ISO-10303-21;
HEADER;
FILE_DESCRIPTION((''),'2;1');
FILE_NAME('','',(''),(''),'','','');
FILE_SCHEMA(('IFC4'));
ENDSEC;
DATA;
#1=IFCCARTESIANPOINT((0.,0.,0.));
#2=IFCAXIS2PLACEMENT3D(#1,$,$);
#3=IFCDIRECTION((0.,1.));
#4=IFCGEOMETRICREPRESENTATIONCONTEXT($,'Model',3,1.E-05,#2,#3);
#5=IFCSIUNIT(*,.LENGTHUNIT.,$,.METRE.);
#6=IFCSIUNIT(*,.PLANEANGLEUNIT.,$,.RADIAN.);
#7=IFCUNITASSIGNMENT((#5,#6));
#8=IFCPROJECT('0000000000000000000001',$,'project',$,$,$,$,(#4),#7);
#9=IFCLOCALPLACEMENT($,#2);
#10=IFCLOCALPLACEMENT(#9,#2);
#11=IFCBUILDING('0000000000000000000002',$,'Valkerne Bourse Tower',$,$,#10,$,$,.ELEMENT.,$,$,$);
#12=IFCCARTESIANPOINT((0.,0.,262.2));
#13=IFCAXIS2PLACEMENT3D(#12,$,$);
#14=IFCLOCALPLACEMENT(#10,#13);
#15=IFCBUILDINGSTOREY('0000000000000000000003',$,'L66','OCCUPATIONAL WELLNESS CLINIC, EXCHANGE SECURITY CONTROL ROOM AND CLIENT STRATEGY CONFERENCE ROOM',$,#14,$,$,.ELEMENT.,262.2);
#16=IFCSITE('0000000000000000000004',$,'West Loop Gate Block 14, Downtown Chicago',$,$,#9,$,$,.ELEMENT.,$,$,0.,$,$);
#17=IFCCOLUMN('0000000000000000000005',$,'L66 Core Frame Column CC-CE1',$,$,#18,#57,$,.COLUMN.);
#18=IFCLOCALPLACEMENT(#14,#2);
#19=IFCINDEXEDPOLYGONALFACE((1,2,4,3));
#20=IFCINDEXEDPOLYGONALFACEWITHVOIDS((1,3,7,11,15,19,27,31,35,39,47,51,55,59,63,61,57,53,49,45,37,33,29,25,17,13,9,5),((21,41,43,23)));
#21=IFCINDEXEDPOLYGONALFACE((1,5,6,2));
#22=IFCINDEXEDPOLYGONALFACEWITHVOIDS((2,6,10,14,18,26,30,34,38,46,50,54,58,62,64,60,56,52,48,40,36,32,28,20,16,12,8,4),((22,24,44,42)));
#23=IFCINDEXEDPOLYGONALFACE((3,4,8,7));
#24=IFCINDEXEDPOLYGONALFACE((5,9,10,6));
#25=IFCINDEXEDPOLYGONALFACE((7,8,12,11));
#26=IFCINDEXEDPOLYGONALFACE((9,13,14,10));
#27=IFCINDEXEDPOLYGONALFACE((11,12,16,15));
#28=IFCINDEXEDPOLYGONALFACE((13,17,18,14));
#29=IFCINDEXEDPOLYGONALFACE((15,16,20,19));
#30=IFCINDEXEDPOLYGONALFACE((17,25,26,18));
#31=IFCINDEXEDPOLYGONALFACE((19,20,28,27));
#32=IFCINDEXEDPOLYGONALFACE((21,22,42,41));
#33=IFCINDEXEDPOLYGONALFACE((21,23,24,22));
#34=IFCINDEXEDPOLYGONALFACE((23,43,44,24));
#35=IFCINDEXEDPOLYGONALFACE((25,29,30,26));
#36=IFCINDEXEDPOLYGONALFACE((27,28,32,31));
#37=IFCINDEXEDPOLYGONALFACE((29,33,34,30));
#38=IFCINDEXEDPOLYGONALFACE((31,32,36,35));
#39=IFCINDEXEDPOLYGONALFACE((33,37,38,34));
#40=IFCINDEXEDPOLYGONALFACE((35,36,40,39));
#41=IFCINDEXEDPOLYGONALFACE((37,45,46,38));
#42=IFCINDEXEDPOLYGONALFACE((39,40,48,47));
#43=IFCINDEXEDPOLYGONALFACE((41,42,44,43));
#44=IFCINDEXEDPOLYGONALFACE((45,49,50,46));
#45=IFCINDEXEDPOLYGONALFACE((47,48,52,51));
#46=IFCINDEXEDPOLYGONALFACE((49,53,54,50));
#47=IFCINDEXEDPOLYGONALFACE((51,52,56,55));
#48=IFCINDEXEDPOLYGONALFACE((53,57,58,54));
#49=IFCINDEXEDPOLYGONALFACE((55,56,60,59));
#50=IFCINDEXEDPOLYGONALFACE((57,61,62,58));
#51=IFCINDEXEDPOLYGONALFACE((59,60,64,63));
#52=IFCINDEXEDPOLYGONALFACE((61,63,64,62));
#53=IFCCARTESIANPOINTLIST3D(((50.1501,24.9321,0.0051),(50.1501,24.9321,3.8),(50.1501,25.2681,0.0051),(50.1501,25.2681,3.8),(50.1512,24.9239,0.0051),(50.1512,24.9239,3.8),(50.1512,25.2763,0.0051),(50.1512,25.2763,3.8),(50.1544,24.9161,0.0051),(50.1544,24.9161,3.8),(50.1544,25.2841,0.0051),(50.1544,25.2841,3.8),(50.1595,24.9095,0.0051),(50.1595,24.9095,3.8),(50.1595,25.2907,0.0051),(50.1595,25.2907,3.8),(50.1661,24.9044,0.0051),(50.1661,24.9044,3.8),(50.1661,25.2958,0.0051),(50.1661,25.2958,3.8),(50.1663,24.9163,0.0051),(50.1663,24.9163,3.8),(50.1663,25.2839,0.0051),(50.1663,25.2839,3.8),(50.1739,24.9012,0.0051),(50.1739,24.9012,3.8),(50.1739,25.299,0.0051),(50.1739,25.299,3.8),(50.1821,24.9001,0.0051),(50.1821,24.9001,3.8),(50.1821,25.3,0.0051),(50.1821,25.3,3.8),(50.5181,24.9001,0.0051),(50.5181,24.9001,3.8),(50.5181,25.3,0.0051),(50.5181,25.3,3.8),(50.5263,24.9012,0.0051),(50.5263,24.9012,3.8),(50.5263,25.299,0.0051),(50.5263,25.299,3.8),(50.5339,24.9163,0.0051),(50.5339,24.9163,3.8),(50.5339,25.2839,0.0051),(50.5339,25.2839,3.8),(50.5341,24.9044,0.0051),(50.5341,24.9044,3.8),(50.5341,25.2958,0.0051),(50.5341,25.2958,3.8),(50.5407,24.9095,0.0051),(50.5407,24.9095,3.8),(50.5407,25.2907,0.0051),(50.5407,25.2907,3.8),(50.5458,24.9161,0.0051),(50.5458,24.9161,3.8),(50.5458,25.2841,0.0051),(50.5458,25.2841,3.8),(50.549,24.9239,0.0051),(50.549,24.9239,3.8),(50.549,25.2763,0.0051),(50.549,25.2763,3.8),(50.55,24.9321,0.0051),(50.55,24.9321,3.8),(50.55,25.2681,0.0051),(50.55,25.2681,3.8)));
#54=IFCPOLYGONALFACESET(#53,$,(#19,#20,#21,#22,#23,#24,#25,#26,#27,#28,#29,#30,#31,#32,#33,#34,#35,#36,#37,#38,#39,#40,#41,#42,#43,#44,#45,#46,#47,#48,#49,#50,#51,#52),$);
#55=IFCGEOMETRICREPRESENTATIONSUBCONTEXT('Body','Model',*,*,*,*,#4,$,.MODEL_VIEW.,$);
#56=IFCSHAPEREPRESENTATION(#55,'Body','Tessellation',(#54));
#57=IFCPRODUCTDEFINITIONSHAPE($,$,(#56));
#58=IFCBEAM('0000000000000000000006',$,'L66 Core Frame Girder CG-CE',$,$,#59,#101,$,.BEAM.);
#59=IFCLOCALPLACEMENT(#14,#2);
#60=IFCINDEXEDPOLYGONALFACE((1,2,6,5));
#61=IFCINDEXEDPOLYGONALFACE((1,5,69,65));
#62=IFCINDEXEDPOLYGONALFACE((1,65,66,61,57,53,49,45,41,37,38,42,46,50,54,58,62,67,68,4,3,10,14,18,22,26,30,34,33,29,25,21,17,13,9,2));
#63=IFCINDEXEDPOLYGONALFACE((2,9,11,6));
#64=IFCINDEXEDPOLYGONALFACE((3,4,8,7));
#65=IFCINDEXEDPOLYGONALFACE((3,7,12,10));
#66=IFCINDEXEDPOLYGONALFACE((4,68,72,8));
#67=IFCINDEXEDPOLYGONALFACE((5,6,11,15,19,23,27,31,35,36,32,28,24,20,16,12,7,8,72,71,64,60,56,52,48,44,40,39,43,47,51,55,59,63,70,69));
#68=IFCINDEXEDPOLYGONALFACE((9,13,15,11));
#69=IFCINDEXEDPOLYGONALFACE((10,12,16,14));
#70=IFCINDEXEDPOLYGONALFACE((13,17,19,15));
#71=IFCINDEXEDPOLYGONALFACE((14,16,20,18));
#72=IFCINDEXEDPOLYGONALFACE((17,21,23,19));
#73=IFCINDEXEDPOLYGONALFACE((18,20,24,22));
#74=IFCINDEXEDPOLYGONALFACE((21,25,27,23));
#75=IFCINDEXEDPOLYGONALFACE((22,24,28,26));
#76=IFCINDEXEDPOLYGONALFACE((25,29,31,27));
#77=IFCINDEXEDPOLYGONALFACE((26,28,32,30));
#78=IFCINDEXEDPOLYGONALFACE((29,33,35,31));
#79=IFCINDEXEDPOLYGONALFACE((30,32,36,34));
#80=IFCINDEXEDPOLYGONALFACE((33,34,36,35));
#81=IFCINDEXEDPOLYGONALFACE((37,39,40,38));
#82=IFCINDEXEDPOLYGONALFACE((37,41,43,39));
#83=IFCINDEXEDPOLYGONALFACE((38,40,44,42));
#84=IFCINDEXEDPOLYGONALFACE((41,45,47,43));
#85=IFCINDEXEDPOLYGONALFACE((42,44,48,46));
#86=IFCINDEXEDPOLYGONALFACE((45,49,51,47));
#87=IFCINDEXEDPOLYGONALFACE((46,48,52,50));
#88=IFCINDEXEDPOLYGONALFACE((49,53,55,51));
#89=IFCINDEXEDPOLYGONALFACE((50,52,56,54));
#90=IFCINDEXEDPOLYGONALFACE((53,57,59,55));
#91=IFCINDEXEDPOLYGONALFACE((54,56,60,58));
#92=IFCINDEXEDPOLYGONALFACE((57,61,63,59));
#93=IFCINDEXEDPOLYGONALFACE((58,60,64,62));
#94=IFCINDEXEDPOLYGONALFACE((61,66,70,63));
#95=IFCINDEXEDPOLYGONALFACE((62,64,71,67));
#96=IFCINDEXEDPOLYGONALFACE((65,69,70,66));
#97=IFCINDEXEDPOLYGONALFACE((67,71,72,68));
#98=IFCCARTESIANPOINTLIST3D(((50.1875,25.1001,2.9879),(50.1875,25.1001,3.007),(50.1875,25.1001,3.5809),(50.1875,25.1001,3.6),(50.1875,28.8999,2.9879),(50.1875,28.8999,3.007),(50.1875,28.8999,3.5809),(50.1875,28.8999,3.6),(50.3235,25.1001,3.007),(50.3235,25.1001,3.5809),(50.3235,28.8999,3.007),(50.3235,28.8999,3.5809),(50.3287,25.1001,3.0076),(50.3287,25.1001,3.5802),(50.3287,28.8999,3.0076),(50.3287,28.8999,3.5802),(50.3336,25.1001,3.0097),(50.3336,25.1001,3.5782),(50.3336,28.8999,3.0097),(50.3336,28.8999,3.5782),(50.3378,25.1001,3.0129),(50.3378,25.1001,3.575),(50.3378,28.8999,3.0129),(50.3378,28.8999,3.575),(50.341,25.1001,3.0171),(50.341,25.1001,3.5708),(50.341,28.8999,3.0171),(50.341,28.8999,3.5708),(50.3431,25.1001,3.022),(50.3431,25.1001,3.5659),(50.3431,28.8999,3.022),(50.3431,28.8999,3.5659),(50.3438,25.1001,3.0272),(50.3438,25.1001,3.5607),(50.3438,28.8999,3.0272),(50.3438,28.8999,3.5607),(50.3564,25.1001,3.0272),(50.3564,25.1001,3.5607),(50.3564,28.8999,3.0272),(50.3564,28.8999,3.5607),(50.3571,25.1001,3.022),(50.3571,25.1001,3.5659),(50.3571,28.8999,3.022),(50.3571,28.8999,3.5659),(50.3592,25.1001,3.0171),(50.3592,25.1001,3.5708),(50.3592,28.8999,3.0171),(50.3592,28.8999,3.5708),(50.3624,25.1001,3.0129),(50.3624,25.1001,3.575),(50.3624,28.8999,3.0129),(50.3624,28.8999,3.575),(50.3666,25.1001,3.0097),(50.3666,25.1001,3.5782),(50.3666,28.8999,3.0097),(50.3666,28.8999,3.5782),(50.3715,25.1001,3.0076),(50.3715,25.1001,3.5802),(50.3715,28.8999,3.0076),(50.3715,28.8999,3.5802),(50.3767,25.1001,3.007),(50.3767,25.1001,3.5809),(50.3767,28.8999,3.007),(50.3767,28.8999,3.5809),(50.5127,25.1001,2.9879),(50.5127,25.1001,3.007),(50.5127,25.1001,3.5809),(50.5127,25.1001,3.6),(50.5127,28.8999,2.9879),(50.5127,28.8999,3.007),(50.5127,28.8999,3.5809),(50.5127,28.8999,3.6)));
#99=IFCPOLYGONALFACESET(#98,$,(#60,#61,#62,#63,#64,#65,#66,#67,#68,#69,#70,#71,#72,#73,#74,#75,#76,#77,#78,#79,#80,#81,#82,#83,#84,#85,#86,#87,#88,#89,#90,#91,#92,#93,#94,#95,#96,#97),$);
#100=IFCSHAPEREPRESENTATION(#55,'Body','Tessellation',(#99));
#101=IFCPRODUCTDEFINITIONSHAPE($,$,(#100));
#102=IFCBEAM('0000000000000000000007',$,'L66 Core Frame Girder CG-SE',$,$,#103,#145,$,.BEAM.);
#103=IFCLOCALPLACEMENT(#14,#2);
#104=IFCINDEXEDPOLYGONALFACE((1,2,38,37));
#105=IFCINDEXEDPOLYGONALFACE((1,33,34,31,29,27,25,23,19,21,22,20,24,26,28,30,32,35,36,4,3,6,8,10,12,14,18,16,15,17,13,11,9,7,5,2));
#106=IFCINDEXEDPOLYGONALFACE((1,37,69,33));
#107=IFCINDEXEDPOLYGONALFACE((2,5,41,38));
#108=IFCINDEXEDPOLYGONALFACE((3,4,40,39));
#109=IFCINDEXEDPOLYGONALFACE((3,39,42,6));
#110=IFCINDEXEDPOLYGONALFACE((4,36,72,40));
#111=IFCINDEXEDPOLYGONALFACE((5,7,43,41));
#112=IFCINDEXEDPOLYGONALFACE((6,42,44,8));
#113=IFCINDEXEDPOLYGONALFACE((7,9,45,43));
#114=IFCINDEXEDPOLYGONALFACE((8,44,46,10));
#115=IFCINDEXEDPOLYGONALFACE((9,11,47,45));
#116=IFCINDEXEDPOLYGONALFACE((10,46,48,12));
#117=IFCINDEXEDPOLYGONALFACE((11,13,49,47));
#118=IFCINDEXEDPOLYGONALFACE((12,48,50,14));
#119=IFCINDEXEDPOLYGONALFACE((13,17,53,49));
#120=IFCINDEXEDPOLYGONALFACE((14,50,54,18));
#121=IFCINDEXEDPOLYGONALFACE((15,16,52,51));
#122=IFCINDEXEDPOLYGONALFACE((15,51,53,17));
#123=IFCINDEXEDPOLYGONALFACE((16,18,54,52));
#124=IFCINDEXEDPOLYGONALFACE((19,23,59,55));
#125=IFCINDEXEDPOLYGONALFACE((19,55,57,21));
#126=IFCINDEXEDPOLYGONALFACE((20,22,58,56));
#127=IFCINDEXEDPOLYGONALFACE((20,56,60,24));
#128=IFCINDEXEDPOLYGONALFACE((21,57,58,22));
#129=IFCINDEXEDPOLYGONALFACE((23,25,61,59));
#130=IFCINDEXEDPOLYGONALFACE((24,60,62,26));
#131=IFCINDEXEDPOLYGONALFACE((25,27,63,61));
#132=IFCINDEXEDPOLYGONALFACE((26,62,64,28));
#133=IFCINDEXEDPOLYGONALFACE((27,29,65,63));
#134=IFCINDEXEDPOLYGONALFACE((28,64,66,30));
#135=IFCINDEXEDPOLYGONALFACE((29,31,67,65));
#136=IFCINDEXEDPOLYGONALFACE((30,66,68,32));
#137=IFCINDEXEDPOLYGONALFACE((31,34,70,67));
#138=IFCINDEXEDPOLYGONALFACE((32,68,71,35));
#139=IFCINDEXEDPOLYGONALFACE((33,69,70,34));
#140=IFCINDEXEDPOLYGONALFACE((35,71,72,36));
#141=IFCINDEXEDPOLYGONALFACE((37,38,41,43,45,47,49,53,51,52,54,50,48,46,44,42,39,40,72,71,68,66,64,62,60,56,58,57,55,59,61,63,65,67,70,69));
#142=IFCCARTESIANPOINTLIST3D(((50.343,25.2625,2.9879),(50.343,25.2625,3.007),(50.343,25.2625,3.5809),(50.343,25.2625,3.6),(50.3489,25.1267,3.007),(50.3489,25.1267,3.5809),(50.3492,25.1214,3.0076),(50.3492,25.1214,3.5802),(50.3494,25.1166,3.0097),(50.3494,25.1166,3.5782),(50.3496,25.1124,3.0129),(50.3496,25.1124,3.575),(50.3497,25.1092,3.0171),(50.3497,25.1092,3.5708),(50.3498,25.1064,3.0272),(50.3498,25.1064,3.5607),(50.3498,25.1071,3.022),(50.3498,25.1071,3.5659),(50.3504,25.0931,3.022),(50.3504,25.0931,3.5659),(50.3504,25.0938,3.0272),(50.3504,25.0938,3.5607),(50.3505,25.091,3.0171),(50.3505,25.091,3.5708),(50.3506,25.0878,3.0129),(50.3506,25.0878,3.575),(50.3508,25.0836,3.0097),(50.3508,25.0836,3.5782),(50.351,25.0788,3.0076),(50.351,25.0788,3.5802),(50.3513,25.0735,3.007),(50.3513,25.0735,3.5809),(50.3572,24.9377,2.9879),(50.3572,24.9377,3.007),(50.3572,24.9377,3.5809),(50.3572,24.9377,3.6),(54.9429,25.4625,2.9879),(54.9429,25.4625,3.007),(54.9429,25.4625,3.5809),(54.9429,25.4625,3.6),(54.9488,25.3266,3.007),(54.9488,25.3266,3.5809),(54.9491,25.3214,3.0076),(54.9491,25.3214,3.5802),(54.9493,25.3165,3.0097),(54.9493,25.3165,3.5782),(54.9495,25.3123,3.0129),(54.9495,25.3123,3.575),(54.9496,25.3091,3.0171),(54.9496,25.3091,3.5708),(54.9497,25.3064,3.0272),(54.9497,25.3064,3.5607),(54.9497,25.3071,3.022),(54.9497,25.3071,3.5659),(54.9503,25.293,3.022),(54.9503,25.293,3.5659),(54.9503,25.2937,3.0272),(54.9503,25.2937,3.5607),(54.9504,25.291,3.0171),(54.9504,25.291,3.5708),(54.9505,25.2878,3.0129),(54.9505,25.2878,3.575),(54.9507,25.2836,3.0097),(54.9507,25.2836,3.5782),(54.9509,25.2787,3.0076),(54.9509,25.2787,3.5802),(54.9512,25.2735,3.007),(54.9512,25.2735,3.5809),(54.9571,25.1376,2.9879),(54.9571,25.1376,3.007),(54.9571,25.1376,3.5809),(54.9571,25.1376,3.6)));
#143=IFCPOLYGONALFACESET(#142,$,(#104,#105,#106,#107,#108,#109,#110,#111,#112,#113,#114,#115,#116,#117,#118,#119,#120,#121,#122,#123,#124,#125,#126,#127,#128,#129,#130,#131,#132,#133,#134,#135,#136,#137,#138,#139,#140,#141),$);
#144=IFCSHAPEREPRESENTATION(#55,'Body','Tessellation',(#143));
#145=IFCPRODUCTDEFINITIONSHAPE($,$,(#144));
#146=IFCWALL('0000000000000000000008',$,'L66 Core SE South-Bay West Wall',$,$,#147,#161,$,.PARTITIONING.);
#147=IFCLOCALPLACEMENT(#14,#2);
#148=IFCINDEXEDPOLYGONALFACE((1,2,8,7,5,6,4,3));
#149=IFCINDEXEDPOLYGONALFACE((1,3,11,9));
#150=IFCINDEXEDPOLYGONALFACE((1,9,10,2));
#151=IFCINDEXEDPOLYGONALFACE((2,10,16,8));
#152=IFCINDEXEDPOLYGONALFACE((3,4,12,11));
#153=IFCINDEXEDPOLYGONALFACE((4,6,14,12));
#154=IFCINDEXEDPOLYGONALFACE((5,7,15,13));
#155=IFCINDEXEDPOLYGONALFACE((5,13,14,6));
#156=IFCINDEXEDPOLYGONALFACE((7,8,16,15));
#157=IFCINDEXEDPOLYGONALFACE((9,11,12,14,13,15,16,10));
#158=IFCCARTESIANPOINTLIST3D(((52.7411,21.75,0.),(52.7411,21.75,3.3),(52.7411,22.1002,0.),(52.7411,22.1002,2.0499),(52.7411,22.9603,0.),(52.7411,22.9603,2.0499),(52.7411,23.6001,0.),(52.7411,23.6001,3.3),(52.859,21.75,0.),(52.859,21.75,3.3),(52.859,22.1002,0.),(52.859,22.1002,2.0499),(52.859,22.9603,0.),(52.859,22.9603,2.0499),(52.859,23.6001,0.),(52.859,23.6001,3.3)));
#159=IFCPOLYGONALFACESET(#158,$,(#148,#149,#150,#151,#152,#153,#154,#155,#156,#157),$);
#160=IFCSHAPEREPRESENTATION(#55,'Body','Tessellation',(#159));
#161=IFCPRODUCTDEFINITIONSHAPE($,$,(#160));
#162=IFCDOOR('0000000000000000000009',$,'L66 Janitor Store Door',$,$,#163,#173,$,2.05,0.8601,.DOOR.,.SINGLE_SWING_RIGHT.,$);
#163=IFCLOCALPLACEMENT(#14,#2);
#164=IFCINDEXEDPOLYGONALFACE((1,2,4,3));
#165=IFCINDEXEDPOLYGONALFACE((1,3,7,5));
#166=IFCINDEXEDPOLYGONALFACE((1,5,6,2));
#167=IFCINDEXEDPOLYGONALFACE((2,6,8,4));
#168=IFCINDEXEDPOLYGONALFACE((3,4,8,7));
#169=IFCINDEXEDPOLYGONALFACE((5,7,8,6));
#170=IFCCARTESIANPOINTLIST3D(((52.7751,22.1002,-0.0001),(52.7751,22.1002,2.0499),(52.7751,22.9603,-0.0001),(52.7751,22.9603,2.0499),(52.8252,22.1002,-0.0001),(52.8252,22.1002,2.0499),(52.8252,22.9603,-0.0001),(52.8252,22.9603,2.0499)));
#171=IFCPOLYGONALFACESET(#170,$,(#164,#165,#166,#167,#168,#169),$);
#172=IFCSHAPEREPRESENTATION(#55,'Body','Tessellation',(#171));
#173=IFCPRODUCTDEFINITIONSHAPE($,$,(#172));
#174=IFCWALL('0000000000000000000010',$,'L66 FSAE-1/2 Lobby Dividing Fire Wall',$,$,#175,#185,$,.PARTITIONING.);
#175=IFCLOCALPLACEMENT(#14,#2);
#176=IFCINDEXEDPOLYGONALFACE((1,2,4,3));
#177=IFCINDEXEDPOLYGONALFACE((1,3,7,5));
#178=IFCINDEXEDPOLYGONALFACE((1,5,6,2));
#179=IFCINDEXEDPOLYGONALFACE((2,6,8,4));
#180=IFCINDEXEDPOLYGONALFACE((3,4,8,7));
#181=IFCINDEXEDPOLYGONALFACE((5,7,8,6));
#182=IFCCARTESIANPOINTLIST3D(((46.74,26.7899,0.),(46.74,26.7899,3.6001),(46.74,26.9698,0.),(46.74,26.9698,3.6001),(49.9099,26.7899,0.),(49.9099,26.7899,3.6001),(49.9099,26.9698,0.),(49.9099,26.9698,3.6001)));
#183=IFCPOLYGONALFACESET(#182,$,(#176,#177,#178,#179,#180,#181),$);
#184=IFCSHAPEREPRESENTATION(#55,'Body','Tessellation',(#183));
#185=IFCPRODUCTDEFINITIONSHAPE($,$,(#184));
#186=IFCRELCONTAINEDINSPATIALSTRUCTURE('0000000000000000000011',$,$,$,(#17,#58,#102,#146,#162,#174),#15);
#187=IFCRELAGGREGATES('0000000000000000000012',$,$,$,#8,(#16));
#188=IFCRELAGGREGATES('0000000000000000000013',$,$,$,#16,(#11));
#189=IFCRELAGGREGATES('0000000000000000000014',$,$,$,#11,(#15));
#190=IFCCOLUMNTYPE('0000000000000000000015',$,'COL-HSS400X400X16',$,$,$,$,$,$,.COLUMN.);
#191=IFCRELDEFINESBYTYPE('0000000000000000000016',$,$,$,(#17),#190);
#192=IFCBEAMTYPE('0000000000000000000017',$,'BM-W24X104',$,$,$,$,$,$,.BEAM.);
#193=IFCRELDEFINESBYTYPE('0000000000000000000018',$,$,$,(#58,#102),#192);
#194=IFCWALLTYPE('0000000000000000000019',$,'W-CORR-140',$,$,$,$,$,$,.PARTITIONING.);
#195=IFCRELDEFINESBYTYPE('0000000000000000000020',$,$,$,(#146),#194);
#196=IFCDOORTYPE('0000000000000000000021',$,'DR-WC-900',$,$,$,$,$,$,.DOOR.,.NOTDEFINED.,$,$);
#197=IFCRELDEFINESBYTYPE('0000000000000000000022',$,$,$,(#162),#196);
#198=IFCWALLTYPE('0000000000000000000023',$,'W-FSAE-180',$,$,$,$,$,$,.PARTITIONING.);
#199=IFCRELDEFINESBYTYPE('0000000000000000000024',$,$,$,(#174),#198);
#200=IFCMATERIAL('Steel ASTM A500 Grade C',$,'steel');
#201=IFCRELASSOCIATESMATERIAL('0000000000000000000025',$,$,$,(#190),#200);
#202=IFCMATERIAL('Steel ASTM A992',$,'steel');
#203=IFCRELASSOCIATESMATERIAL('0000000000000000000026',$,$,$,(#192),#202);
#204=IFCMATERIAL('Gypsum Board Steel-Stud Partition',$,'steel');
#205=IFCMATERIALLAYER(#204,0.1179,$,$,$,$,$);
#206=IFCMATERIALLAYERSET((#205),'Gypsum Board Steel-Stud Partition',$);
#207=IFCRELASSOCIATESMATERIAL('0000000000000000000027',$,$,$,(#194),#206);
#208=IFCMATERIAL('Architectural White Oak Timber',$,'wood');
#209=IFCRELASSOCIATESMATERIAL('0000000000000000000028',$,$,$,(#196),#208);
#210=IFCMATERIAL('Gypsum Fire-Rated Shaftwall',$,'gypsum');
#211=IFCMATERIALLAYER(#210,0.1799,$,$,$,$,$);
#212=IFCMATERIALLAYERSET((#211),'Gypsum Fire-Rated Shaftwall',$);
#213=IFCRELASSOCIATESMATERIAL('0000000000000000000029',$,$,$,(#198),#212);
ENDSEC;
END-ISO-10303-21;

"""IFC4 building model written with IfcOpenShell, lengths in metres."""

from ifc_helpers import new_model, si_unit, direction, frame, frame_2d, origin, origin_2d, place, context, subcontext, project, spatial, rectangle, hollow_rectangle, i_section, extrude, material, layer, layer_set, material_profile, profile_set, type_object, element, fill, save


model = new_model("IFC4")

# Units and contexts
model_context = context("Model", 3, precision=1e-05, world=origin(), true_north=direction((0.0, 1.0)))
body_context = subcontext(model_context, "Body", "Model", "MODEL_VIEW")
ifc_project = project(units=[si_unit("LENGTHUNIT", "METRE"), si_unit("PLANEANGLEUNIT", "RADIAN")], contexts=[model_context])

# Site, building, storey
site_placement = place(None, origin())
site = spatial("IfcSite", under=ifc_project, at=site_placement, Name="West Loop Gate Block 14, Downtown Chicago", CompositionType="ELEMENT", RefElevation=0.0)
building_placement = place(site_placement, origin())
building = spatial("IfcBuilding", under=site, at=building_placement, Name="Valkerne Bourse Tower", CompositionType="ELEMENT")
storey_placement = place(building_placement, frame((0.0, 0.0, 262.2)))
storey = spatial("IfcBuildingStorey", under=building, at=storey_placement, Name="L66", Description="OCCUPATIONAL WELLNESS CLINIC, EXCHANGE SECURITY CONTROL ROOM AND CLIENT STRATEGY CONFERENCE ROOM", CompositionType="ELEMENT", Elevation=262.2)

# Column
ifc_material_1 = material(Name="Steel ASTM A500 Grade C", Category="steel")
ifc_material_profile_1 = material_profile(ifc_material_1, hollow_rectangle(XDim=0.3999, YDim=0.3999, WallThickness=0.0161, OuterFilletRadius=0.032, at=origin_2d()), Name="HSS400X400X16")
ifc_profile_set_1 = profile_set([ifc_material_profile_1], Name="Steel ASTM A500 Grade C")
column_type = type_object("IfcColumnType", Name="COL-HSS400X400X16", PredefinedType="COLUMN", material=ifc_profile_set_1)
column_placement = place(storey_placement, frame((50.3501, 25.1001, 0.0051), z_axis=(0.0, 0.0, 1.0), x_axis=(1.0, 0.0, 0.0)))
element("IfcColumn", 1, at=column_placement, inside=storey, type_object=column_type, Name="L66 Core Frame Column CC-CE1", PredefinedType="COLUMN", context=body_context, shape_type="SweptSolid", body=[
    extrude(hollow_rectangle(XDim=0.3999, YDim=0.3999, WallThickness=0.0161, OuterFilletRadius=0.032, at=origin_2d()), origin(), (0.0, 0.0, 1.0), 3.7949),
])

# Beams
ifc_material_2 = material(Name="Steel ASTM A992", Category="steel")
ifc_material_profile_2 = material_profile(ifc_material_2, i_section(OverallWidth=0.3252, OverallDepth=0.6121, WebThickness=0.0127, FlangeThickness=0.019, FilletRadius=0.0203, at=origin_2d()), Name="W24X104")
ifc_profile_set_2 = profile_set([ifc_material_profile_2], Name="Steel ASTM A992")
beam_type = type_object("IfcBeamType", Name="BM-W24X104", PredefinedType="BEAM", material=ifc_profile_set_2)
beam_1_placement = place(storey_placement, frame((50.3501, 25.1001, 3.2939), z_axis=(0.0, 1.0, 0.0), x_axis=(-1.0, 0.0, 0.0)))
element("IfcBeam", 2, at=beam_1_placement, inside=storey, type_object=beam_type, Name="L66 Core Frame Girder CG-CE", PredefinedType="BEAM", context=body_context, shape_type="SweptSolid", body=[
    extrude(i_section(OverallWidth=0.3252, OverallDepth=0.6121, WebThickness=0.0127, FlangeThickness=0.019, FilletRadius=0.0203, at=origin_2d()), origin(), (0.0, 0.0, 1.0), 3.7998),
])
beam_2_placement = place(storey_placement, frame((50.3501, 25.1001, 3.2939), z_axis=(0.999057, 0.043428, 0.0), x_axis=(-0.043428, 0.999057, 0.0)))
element("IfcBeam", 3, at=beam_2_placement, inside=storey, type_object=beam_type, Name="L66 Core Frame Girder CG-SE", PredefinedType="BEAM", context=body_context, shape_type="SweptSolid", body=[
    extrude(i_section(OverallWidth=0.3252, OverallDepth=0.6121, WebThickness=0.0127, FlangeThickness=0.019, FilletRadius=0.0203, at=origin_2d()), origin(), (0.0, 0.0, 1.0), 4.6042),
])

# Wall, opening, door
ifc_material_3 = material(Name="Gypsum Board Steel-Stud Partition", Category="steel")
ifc_layer_1 = layer(ifc_material_3, 0.1179)
ifc_layer_set_1 = layer_set([ifc_layer_1], Name="Gypsum Board Steel-Stud Partition")
wall_type_1 = type_object("IfcWallType", Name="W-CORR-140", PredefinedType="PARTITIONING", material=ifc_layer_set_1)
wall_1_placement = place(storey_placement, frame((52.8, 21.75, 0.0), z_axis=(0.0, 0.0, 1.0), x_axis=(0.0, 1.0, 0.0)))
wall_1 = element("IfcWall", 4, at=wall_1_placement, inside=storey, type_object=wall_type_1, Name="L66 Core SE South-Bay West Wall", PredefinedType="PARTITIONING", context=body_context, shape_type="SweptSolid", body=[
    extrude(rectangle(XDim=1.8501, YDim=0.1179, at=frame_2d((0.925, 0.0))), origin(), (0.0, 0.0, 1.0), 3.3),
])
opening_1_placement = place(wall_1_placement, frame((0.3501, 0.0, 0.0)))
opening_1 = element("IfcOpeningElement", 5, at=opening_1_placement, cuts=wall_1, PredefinedType="OPENING", context=body_context, shape_type="SweptSolid", body=[
    extrude(rectangle(XDim=0.8601, YDim=2.05, at=frame_2d((0.4302, 1.0249))), frame((0.0, 0.0688, 0.0), z_axis=(0.0, -1.0, 0.0), x_axis=(1.0, 0.0, 0.0)), (0.0, 0.0, 1.0), 0.1379),
])
ifc_material_4 = material(Name="Architectural White Oak Timber", Category="wood")
door_type_1 = type_object("IfcDoorType", Name="DR-WC-900", OperationType="NOTDEFINED", PredefinedType="DOOR", material=ifc_material_4)
door_1_placement = place(opening_1_placement, origin())
door_1 = element("IfcDoor", 6, at=door_1_placement, inside=storey, type_object=door_type_1, Name="L66 Janitor Store Door", OperationType="SINGLE_SWING_RIGHT", OverallHeight=2.05, OverallWidth=0.8601, PredefinedType="DOOR", context=body_context, shape_type="SweptSolid", body=[
    extrude(rectangle(XDim=0.8601, YDim=2.05, at=frame_2d((0.4302, 1.0249))), frame((0.0, 0.0249, 0.0), z_axis=(0.0, -1.0, 0.0), x_axis=(1.0, 0.0, 0.0)), (0.0, 0.0, 1.0), 0.05),
])
fill(opening_1, door_1)

# Wall
ifc_material_5 = material(Name="Gypsum Fire-Rated Shaftwall", Category="gypsum")
ifc_layer_2 = layer(ifc_material_5, 0.1799)
ifc_layer_set_2 = layer_set([ifc_layer_2], Name="Gypsum Fire-Rated Shaftwall")
wall_type_2 = type_object("IfcWallType", Name="W-FSAE-180", PredefinedType="PARTITIONING", material=ifc_layer_set_2)
wall_2_placement = place(storey_placement, frame((46.74, 26.8799, 0.0), z_axis=(0.0, 0.0, 1.0), x_axis=(1.0, 0.0, 0.0)))
element("IfcWall", 7, at=wall_2_placement, inside=storey, type_object=wall_type_2, Name="L66 FSAE-1/2 Lobby Dividing Fire Wall", PredefinedType="PARTITIONING", context=body_context, shape_type="SweptSolid", body=[
    extrude(rectangle(XDim=3.1699, YDim=0.1799, at=frame_2d((1.585, 0.0))), origin(), (0.0, 0.0, 1.0), 3.6001),
])

save(model, "model.ifc")
